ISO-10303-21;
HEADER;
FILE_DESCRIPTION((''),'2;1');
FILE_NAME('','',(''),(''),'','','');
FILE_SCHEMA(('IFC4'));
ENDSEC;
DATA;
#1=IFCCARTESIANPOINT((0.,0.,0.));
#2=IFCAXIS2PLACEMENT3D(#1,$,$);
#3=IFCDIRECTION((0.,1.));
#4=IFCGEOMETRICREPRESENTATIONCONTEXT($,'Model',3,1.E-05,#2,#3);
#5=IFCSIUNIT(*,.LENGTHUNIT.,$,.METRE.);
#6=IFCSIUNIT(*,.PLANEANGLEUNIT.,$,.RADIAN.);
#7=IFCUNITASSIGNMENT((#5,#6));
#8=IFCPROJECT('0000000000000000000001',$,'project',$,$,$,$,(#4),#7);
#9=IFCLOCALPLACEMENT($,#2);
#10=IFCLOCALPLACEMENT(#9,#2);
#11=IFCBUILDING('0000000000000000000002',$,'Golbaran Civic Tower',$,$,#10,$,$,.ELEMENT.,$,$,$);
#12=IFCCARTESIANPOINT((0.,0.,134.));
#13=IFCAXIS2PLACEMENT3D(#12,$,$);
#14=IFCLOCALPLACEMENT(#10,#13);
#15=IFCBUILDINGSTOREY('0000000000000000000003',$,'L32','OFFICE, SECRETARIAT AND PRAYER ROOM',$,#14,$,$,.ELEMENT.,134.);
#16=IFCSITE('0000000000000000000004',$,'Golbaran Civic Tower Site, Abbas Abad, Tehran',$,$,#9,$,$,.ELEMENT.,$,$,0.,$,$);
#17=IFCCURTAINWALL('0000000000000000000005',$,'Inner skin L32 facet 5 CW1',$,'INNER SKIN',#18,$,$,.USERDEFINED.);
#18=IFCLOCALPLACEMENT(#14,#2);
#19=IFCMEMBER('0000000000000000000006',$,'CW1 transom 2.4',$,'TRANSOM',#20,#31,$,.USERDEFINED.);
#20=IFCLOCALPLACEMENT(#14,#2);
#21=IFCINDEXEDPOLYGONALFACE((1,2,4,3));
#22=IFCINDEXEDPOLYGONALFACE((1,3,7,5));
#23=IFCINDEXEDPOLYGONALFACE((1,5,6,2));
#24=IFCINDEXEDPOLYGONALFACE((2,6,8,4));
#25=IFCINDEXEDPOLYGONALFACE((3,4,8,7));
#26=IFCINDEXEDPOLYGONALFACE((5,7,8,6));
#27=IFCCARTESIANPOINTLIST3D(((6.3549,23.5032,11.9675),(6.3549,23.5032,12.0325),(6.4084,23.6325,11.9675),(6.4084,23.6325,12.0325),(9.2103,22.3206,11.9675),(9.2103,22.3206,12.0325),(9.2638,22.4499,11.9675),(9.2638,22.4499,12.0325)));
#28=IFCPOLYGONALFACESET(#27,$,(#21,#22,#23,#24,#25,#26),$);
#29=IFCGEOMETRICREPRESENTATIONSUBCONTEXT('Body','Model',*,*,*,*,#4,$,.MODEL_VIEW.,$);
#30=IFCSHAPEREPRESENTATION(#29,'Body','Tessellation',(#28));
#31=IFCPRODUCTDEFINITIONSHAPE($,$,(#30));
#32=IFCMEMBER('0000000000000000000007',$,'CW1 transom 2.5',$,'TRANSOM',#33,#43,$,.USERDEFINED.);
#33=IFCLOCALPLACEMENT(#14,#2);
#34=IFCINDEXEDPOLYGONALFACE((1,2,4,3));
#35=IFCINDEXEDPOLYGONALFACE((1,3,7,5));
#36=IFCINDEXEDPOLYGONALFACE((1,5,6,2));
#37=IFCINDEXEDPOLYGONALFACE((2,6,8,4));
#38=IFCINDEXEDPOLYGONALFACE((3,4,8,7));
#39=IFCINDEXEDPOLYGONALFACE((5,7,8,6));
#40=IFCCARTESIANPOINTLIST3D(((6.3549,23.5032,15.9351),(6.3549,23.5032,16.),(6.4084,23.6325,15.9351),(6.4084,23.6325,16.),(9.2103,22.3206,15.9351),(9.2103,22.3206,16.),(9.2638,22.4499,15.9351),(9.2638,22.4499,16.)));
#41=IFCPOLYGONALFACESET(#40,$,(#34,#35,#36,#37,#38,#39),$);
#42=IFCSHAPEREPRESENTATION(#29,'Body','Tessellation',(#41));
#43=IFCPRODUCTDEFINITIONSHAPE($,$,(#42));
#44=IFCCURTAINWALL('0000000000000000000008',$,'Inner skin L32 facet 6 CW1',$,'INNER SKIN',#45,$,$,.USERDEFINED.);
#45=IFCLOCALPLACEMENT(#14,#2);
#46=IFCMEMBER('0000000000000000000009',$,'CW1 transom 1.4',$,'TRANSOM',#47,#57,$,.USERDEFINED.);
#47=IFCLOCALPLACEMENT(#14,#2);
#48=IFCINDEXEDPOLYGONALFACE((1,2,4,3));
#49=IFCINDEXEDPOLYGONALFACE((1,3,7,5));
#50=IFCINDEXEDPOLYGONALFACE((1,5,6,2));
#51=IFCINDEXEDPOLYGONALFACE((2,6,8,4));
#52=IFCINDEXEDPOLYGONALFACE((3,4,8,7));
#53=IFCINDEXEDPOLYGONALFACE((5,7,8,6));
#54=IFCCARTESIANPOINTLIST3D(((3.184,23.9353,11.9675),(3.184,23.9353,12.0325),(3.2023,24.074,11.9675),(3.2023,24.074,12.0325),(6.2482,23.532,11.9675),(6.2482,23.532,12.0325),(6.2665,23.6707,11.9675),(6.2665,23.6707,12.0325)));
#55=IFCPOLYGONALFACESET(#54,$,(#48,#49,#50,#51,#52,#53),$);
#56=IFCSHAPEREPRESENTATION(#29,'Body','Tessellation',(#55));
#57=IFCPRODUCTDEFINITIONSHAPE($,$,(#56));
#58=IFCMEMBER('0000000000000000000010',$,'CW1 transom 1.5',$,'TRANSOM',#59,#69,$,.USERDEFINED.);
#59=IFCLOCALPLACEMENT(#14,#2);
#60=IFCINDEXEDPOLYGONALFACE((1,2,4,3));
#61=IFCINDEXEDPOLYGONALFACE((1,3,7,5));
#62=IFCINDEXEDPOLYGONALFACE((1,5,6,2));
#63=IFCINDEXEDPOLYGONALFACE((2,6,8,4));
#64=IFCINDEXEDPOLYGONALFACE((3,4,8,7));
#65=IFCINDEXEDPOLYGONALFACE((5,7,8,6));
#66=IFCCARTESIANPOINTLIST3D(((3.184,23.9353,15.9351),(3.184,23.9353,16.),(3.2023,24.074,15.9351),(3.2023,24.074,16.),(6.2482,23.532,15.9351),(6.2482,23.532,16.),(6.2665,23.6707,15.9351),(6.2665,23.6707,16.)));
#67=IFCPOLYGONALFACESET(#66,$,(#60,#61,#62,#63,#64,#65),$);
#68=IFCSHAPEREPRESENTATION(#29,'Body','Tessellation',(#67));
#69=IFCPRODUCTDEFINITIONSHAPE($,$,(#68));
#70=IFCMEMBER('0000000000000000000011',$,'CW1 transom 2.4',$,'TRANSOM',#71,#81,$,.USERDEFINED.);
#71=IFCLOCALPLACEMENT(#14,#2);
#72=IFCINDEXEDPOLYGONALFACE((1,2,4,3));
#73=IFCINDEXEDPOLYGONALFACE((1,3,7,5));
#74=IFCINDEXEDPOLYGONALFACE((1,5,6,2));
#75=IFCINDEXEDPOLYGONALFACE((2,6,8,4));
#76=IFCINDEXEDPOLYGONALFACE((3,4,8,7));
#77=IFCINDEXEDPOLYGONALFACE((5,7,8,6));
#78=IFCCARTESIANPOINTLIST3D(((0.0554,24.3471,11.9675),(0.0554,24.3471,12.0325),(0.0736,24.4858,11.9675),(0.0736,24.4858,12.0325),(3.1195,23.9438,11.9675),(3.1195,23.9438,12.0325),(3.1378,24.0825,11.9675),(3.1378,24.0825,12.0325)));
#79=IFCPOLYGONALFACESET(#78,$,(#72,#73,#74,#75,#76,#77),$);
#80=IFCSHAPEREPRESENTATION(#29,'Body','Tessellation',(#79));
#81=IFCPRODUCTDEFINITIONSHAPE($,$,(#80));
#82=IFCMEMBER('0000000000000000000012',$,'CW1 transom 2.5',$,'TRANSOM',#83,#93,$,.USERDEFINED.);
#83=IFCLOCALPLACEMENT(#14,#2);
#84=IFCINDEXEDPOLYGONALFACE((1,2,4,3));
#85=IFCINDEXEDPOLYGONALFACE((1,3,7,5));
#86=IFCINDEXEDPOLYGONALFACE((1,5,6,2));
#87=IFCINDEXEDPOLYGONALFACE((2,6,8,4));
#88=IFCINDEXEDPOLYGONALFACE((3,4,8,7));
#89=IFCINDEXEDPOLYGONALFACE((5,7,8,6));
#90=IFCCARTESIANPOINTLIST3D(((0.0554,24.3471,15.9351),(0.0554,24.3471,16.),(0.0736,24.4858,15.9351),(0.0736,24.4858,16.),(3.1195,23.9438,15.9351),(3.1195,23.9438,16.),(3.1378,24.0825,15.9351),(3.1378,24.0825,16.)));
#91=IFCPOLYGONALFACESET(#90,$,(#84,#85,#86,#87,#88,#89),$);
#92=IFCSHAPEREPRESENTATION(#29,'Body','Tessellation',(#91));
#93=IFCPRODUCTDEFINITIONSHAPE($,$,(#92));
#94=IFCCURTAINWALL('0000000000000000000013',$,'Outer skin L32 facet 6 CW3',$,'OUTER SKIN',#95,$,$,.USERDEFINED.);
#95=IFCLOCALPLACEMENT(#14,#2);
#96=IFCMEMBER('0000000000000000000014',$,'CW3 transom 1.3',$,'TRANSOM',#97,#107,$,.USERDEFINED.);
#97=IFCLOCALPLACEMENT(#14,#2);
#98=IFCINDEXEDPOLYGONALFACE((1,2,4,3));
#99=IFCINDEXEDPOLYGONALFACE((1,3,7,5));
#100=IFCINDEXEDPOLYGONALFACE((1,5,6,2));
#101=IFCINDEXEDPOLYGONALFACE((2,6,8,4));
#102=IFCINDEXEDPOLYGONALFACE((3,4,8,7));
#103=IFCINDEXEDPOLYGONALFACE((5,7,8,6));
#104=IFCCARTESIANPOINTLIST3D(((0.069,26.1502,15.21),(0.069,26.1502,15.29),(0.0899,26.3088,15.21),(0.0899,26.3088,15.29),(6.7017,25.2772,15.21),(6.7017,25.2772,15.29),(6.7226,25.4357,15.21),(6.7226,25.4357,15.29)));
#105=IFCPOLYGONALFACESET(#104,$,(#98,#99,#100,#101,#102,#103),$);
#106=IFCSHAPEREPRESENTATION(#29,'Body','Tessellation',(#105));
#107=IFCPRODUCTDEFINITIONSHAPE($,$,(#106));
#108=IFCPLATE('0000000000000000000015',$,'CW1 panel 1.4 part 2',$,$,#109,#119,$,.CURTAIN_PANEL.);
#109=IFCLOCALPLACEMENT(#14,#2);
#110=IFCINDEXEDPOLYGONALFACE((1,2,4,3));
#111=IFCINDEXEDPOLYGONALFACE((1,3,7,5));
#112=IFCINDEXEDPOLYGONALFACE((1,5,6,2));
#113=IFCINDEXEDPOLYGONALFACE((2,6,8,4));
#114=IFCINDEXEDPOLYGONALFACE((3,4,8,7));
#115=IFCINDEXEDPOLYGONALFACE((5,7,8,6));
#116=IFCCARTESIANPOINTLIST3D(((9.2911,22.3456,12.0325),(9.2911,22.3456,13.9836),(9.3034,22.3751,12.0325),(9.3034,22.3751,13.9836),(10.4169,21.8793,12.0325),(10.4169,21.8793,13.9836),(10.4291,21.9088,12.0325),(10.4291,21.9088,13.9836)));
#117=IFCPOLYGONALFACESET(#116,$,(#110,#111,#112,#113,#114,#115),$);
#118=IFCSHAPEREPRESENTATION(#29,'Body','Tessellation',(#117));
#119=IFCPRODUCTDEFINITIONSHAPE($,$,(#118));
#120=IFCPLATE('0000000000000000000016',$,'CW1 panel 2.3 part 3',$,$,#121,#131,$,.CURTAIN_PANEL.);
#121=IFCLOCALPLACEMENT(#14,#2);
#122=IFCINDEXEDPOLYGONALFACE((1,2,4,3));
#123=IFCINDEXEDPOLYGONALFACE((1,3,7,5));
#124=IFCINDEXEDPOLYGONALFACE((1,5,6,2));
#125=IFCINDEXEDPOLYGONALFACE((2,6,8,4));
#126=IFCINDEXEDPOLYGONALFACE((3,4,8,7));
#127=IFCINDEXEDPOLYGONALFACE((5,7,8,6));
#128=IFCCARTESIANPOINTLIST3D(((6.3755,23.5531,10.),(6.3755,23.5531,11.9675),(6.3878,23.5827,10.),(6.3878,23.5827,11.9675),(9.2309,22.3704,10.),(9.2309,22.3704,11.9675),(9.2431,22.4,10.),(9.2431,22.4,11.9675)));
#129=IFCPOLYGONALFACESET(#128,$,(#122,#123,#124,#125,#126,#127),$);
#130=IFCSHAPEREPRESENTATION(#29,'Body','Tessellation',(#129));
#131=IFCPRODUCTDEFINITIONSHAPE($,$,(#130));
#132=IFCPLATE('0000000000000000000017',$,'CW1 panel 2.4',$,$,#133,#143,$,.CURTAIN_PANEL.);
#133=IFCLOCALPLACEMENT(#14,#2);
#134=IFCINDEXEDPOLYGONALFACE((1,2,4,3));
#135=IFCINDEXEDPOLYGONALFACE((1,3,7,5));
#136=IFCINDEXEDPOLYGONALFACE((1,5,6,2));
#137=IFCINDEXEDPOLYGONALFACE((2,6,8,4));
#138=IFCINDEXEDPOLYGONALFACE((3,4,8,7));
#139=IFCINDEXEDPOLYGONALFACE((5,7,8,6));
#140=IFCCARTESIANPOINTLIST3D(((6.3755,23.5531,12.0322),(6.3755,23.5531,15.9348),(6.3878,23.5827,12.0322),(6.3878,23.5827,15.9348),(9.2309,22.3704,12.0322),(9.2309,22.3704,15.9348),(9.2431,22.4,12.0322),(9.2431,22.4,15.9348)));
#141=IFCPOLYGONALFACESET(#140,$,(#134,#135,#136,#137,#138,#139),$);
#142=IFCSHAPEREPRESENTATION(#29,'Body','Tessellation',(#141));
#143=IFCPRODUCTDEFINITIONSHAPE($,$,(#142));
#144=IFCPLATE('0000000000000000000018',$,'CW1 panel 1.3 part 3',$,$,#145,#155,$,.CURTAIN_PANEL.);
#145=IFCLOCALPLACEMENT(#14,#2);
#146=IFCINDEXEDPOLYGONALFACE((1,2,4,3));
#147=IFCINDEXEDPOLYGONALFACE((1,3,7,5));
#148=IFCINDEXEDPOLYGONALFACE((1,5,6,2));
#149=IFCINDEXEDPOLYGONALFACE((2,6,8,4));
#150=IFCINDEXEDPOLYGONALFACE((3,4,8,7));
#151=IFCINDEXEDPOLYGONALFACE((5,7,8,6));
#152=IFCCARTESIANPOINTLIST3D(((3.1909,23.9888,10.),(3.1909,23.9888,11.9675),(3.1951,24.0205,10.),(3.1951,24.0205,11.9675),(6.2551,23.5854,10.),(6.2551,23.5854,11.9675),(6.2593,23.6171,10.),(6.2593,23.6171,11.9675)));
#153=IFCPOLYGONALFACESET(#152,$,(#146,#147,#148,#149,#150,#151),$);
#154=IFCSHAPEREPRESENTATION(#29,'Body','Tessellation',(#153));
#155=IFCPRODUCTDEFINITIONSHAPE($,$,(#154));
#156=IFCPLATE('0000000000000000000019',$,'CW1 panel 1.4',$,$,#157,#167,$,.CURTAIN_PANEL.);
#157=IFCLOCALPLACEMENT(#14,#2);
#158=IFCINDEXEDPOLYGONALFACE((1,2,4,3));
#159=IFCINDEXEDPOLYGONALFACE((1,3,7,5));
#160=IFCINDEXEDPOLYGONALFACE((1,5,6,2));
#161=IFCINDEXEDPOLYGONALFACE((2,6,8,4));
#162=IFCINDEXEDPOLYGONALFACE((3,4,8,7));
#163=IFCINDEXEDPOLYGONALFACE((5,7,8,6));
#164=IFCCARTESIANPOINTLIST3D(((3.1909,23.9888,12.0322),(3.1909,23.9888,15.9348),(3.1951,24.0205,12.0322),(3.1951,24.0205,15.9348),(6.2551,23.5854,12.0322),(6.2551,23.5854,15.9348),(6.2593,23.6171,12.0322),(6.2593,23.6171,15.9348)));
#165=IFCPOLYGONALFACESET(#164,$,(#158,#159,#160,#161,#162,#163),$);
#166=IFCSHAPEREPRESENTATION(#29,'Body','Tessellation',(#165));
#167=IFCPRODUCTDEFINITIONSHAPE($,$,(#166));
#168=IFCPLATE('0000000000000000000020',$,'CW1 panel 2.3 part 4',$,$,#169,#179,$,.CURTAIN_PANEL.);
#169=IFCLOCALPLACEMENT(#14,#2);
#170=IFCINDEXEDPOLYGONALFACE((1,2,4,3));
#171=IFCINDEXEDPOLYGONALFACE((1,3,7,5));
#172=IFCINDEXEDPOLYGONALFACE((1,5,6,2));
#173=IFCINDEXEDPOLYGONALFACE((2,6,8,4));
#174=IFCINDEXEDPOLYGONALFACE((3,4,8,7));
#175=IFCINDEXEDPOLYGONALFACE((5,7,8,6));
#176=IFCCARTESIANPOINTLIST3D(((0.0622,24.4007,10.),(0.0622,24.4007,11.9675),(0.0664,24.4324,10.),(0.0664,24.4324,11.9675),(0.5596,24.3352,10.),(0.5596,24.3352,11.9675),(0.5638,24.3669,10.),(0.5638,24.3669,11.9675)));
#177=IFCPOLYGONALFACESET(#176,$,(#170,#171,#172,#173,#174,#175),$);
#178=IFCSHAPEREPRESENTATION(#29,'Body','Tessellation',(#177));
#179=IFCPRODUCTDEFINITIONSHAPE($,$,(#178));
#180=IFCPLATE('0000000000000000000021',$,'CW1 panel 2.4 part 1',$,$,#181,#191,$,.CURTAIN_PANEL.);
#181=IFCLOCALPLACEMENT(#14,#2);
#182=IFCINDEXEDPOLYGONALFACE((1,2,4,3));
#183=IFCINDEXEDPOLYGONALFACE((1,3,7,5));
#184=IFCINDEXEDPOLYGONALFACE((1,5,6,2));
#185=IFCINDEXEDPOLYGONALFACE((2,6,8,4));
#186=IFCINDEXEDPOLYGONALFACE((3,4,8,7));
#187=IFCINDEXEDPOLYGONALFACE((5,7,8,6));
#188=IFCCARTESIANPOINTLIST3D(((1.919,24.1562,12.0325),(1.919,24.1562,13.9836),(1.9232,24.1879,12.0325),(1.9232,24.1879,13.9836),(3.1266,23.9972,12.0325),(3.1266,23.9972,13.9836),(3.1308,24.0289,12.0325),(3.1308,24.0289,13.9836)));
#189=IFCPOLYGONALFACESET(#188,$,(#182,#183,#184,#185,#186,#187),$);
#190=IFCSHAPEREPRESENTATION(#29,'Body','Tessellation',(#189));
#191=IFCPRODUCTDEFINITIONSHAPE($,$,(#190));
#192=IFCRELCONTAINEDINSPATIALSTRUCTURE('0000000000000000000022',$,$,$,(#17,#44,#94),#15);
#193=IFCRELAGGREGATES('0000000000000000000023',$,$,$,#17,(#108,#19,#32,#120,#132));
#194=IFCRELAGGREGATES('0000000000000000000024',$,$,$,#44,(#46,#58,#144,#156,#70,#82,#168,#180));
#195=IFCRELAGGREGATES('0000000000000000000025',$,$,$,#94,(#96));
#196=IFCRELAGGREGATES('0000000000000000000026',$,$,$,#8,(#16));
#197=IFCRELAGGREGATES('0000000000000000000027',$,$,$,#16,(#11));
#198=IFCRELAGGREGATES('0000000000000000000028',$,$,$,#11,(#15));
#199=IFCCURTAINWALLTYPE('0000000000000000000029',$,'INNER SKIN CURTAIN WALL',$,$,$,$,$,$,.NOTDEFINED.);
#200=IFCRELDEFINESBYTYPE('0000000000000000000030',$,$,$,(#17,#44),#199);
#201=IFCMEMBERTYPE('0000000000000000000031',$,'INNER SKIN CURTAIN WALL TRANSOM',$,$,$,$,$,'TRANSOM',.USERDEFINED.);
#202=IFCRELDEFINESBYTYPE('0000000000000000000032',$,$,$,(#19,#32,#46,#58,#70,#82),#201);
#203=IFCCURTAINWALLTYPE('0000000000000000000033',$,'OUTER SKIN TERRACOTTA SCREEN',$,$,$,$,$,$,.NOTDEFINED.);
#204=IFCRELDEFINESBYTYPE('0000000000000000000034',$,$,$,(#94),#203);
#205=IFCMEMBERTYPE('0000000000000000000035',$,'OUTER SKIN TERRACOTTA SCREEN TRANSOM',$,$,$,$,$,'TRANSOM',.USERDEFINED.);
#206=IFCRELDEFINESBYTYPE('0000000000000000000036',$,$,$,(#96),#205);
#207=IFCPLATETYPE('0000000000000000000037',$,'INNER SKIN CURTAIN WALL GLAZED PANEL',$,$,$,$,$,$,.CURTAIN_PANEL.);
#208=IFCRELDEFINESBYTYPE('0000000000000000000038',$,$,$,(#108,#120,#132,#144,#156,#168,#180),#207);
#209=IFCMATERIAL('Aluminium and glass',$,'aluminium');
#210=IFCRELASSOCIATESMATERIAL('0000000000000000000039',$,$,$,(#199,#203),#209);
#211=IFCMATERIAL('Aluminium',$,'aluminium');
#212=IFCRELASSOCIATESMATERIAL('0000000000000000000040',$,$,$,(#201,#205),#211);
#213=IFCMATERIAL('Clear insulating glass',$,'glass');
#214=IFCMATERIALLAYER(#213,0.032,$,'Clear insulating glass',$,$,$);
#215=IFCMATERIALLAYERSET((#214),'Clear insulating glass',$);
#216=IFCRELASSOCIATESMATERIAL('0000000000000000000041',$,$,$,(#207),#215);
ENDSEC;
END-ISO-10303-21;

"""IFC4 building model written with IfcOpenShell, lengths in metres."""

from ifc_helpers import new_model, si_unit, direction, frame, origin, origin_2d, place, context, subcontext, project, spatial, rectangle, extrude, material, layer, layer_set, material_profile, profile_set, type_object, element, aggregate, save


model = new_model("IFC4")

# Units and contexts
model_context = context("Model", 3, precision=1e-05, world=origin(), true_north=direction((0.0, 1.0)))
body_context = subcontext(model_context, "Body", "Model", "MODEL_VIEW")
ifc_project = project(units=[si_unit("LENGTHUNIT", "METRE"), si_unit("PLANEANGLEUNIT", "RADIAN")], contexts=[model_context])

# Site, building, storey
site_placement = place(None, origin())
site = spatial("IfcSite", under=ifc_project, at=site_placement, Name="Golbaran Civic Tower Site, Abbas Abad, Tehran", CompositionType="ELEMENT", RefElevation=0.0)
building_placement = place(site_placement, origin())
building = spatial("IfcBuilding", under=site, at=building_placement, Name="Golbaran Civic Tower", CompositionType="ELEMENT")
storey_placement = place(building_placement, frame((0.0, 0.0, 134.0)))
storey = spatial("IfcBuildingStorey", under=building, at=storey_placement, Name="L32", Description="OFFICE, SECRETARIAT AND PRAYER ROOM", CompositionType="ELEMENT", Elevation=134.0)

# Curtain walls, members
ifc_material_1 = material(Name="Aluminium and glass", Category="aluminium")
curtain_wall_type_1 = type_object("IfcCurtainWallType", Name="INNER SKIN CURTAIN WALL", PredefinedType="NOTDEFINED", material=ifc_material_1)
curtain_wall_1_placement = place(storey_placement, origin())
curtain_wall_1 = element("IfcCurtainWall", 1, at=curtain_wall_1_placement, inside=storey, type_object=curtain_wall_type_1, Name="Inner skin L32 facet 5 CW1", ObjectType="INNER SKIN", PredefinedType="USERDEFINED")
ifc_material_2 = material(Name="Aluminium", Category="aluminium")
ifc_material_profile_1 = material_profile(ifc_material_2, rectangle(XDim=0.1399, YDim=0.0649, at=origin_2d()), Name="INNER SKIN CURTAIN WALL TRANSOM")
ifc_profile_set_1 = profile_set([ifc_material_profile_1], Name="Aluminium")
member_type_1 = type_object("IfcMemberType", Name="INNER SKIN CURTAIN WALL TRANSOM", ElementType="TRANSOM", PredefinedType="USERDEFINED", material=ifc_profile_set_1)
member_1_placement = place(storey_placement, frame((9.2371, 22.3853, 12.0), z_axis=(-0.923897, 0.38264, 0.0), x_axis=(-0.38264, -0.923897, 0.0)))
member_1 = element("IfcMember", 2, at=member_1_placement, type_object=member_type_1, Name="CW1 transom 2.4", ObjectType="TRANSOM", PredefinedType="USERDEFINED", context=body_context, shape_type="SweptSolid", body=[
    extrude(rectangle(XDim=0.1399, YDim=0.0649, at=origin_2d()), origin(), (0.0, 0.0, 1.0), 3.0906),
])
member_2_placement = place(storey_placement, frame((9.2371, 22.3853, 15.9675), z_axis=(-0.923897, 0.38264, 0.0), x_axis=(-0.38264, -0.923897, 0.0)))
member_2 = element("IfcMember", 3, at=member_2_placement, type_object=member_type_1, Name="CW1 transom 2.5", ObjectType="TRANSOM", PredefinedType="USERDEFINED", context=body_context, shape_type="SweptSolid", body=[
    extrude(rectangle(XDim=0.1399, YDim=0.0649, at=origin_2d()), origin(), (0.0, 0.0, 1.0), 3.0906),
])
curtain_wall_2_placement = place(storey_placement, origin())
curtain_wall_2 = element("IfcCurtainWall", 4, at=curtain_wall_2_placement, inside=storey, type_object=curtain_wall_type_1, Name="Inner skin L32 facet 6 CW1", ObjectType="INNER SKIN", PredefinedType="USERDEFINED")
member_3_placement = place(storey_placement, frame((6.2573, 23.6013, 12.0), z_axis=(-0.991449, 0.130497, 0.0), x_axis=(-0.130497, -0.991449, 0.0)))
member_3 = element("IfcMember", 5, at=member_3_placement, type_object=member_type_1, Name="CW1 transom 1.4", ObjectType="TRANSOM", PredefinedType="USERDEFINED", context=body_context, shape_type="SweptSolid", body=[
    extrude(rectangle(XDim=0.1399, YDim=0.0649, at=origin_2d()), origin(), (0.0, 0.0, 1.0), 3.0906),
])
member_4_placement = place(storey_placement, frame((6.2573, 23.6013, 15.9675), z_axis=(-0.991449, 0.130497, 0.0), x_axis=(-0.130497, -0.991449, 0.0)))
member_4 = element("IfcMember", 6, at=member_4_placement, type_object=member_type_1, Name="CW1 transom 1.5", ObjectType="TRANSOM", PredefinedType="USERDEFINED", context=body_context, shape_type="SweptSolid", body=[
    extrude(rectangle(XDim=0.1399, YDim=0.0649, at=origin_2d()), origin(), (0.0, 0.0, 1.0), 3.0906),
])
member_5_placement = place(storey_placement, frame((3.1287, 24.0132, 12.0), z_axis=(-0.991449, 0.130497, 0.0), x_axis=(-0.130497, -0.991449, 0.0)))
member_5 = element("IfcMember", 7, at=member_5_placement, type_object=member_type_1, Name="CW1 transom 2.4", ObjectType="TRANSOM", PredefinedType="USERDEFINED", context=body_context, shape_type="SweptSolid", body=[
    extrude(rectangle(XDim=0.1399, YDim=0.0649, at=origin_2d()), origin(), (0.0, 0.0, 1.0), 3.0906),
])
member_6_placement = place(storey_placement, frame((3.1287, 24.0132, 15.9675), z_axis=(-0.991449, 0.130497, 0.0), x_axis=(-0.130497, -0.991449, 0.0)))
member_6 = element("IfcMember", 8, at=member_6_placement, type_object=member_type_1, Name="CW1 transom 2.5", ObjectType="TRANSOM", PredefinedType="USERDEFINED", context=body_context, shape_type="SweptSolid", body=[
    extrude(rectangle(XDim=0.1399, YDim=0.0649, at=origin_2d()), origin(), (0.0, 0.0, 1.0), 3.0906),
])

# Curtain wall, member
curtain_wall_type_2 = type_object("IfcCurtainWallType", Name="OUTER SKIN TERRACOTTA SCREEN", PredefinedType="NOTDEFINED", material=ifc_material_1)
curtain_wall_3_placement = place(storey_placement, origin())
curtain_wall_3 = element("IfcCurtainWall", 9, at=curtain_wall_3_placement, inside=storey, type_object=curtain_wall_type_2, Name="Outer skin L32 facet 6 CW3", ObjectType="OUTER SKIN", PredefinedType="USERDEFINED")
ifc_material_profile_2 = material_profile(ifc_material_2, rectangle(XDim=0.1599, YDim=0.0801, at=origin_2d()), Name="OUTER SKIN TERRACOTTA SCREEN TRANSOM")
ifc_profile_set_2 = profile_set([ifc_material_profile_2], Name="Aluminium")
member_type_2 = type_object("IfcMemberType", Name="OUTER SKIN TERRACOTTA SCREEN TRANSOM", ElementType="TRANSOM", PredefinedType="USERDEFINED", material=ifc_profile_set_2)
member_7_placement = place(storey_placement, frame((6.7122, 25.3564, 15.25), z_axis=(-0.991448, 0.1305, 0.0), x_axis=(-0.1305, -0.991448, 0.0)))
member_7 = element("IfcMember", 10, at=member_7_placement, type_object=member_type_2, Name="CW3 transom 1.3", ObjectType="TRANSOM", PredefinedType="USERDEFINED", context=body_context, shape_type="SweptSolid", body=[
    extrude(rectangle(XDim=0.1599, YDim=0.0801, at=origin_2d()), origin(), (0.0, 0.0, 1.0), 6.6899),
])

# Plates
ifc_material_3 = material(Name="Clear insulating glass", Category="glass")
ifc_layer_1 = layer(ifc_material_3, 0.032, Name="Clear insulating glass")
ifc_layer_set_1 = layer_set([ifc_layer_1], Name="Clear insulating glass")
plate_type_1 = type_object("IfcPlateType", Name="INNER SKIN CURTAIN WALL GLAZED PANEL", PredefinedType="CURTAIN_PANEL", material=ifc_layer_set_1)
plate_1_placement = place(storey_placement, frame((9.8601, 22.1272, 12.0325), z_axis=(0.0, 0.0, 1.0), x_axis=(-0.92388, 0.382683, 0.0)))
plate_1 = element("IfcPlate", 11, at=plate_1_placement, type_object=plate_type_1, Name="CW1 panel 1.4 part 2", PredefinedType="CURTAIN_PANEL", context=body_context, shape_type="SweptSolid", body=[
    extrude(rectangle(XDim=1.2185, YDim=0.032, at=origin_2d()), origin(), (0.0, 0.0, 1.0), 1.9512),
])
plate_2_placement = place(storey_placement, frame((7.8093, 22.9766, 10.0), z_axis=(0.0, 0.0, 1.0), x_axis=(-0.92388, 0.382683, 0.0)))
plate_2 = element("IfcPlate", 12, at=plate_2_placement, type_object=plate_type_1, Name="CW1 panel 2.3 part 3", PredefinedType="CURTAIN_PANEL", context=body_context, shape_type="SweptSolid", body=[
    extrude(rectangle(XDim=3.0906, YDim=0.032, at=origin_2d()), origin(), (0.0, 0.0, 1.0), 1.9675),
])
plate_3_placement = place(storey_placement, frame((7.8093, 22.9766, 12.0322), z_axis=(0.0, 0.0, 1.0), x_axis=(-0.92388, 0.382683, 0.0)))
plate_3 = element("IfcPlate", 13, at=plate_3_placement, type_object=plate_type_1, Name="CW1 panel 2.4", PredefinedType="CURTAIN_PANEL", context=body_context, shape_type="SweptSolid", body=[
    extrude(rectangle(XDim=3.0906, YDim=0.032, at=origin_2d()), origin(), (0.0, 0.0, 1.0), 3.9026),
])
plate_4_placement = place(storey_placement, frame((4.7251, 23.803, 10.0), z_axis=(0.0, 0.0, 1.0), x_axis=(-0.991445, 0.130526, 0.0)))
plate_4 = element("IfcPlate", 14, at=plate_4_placement, type_object=plate_type_1, Name="CW1 panel 1.3 part 3", PredefinedType="CURTAIN_PANEL", context=body_context, shape_type="SweptSolid", body=[
    extrude(rectangle(XDim=3.0906, YDim=0.032, at=origin_2d()), origin(), (0.0, 0.0, 1.0), 1.9675),
])
plate_5_placement = place(storey_placement, frame((4.7251, 23.803, 12.0322), z_axis=(0.0, 0.0, 1.0), x_axis=(-0.991445, 0.130526, 0.0)))
plate_5 = element("IfcPlate", 15, at=plate_5_placement, type_object=plate_type_1, Name="CW1 panel 1.4", PredefinedType="CURTAIN_PANEL", context=body_context, shape_type="SweptSolid", body=[
    extrude(rectangle(XDim=3.0906, YDim=0.032, at=origin_2d()), origin(), (0.0, 0.0, 1.0), 3.9026),
])
plate_6_placement = place(storey_placement, frame((0.313, 24.3838, 10.0), z_axis=(0.0, 0.0, 1.0), x_axis=(-0.991445, 0.130526, 0.0)))
plate_6 = element("IfcPlate", 16, at=plate_6_placement, type_object=plate_type_1, Name="CW1 panel 2.3 part 4", PredefinedType="CURTAIN_PANEL", context=body_context, shape_type="SweptSolid", body=[
    extrude(rectangle(XDim=0.5017, YDim=0.032, at=origin_2d()), origin(), (0.0, 0.0, 1.0), 1.9675),
])
plate_7_placement = place(storey_placement, frame((2.5249, 24.0925, 12.0325), z_axis=(0.0, 0.0, 1.0), x_axis=(-0.991445, 0.130526, 0.0)))
plate_7 = element("IfcPlate", 17, at=plate_7_placement, type_object=plate_type_1, Name="CW1 panel 2.4 part 1", PredefinedType="CURTAIN_PANEL", context=body_context, shape_type="SweptSolid", body=[
    extrude(rectangle(XDim=1.218, YDim=0.032, at=origin_2d()), origin(), (0.0, 0.0, 1.0), 1.9512),
])
aggregate(curtain_wall_1, [plate_1, member_1, member_2, plate_2, plate_3])
aggregate(curtain_wall_2, [member_3, member_4, plate_4, plate_5, member_5, member_6, plate_6, plate_7])
aggregate(curtain_wall_3, [member_7])

save(model, "model.ifc")
